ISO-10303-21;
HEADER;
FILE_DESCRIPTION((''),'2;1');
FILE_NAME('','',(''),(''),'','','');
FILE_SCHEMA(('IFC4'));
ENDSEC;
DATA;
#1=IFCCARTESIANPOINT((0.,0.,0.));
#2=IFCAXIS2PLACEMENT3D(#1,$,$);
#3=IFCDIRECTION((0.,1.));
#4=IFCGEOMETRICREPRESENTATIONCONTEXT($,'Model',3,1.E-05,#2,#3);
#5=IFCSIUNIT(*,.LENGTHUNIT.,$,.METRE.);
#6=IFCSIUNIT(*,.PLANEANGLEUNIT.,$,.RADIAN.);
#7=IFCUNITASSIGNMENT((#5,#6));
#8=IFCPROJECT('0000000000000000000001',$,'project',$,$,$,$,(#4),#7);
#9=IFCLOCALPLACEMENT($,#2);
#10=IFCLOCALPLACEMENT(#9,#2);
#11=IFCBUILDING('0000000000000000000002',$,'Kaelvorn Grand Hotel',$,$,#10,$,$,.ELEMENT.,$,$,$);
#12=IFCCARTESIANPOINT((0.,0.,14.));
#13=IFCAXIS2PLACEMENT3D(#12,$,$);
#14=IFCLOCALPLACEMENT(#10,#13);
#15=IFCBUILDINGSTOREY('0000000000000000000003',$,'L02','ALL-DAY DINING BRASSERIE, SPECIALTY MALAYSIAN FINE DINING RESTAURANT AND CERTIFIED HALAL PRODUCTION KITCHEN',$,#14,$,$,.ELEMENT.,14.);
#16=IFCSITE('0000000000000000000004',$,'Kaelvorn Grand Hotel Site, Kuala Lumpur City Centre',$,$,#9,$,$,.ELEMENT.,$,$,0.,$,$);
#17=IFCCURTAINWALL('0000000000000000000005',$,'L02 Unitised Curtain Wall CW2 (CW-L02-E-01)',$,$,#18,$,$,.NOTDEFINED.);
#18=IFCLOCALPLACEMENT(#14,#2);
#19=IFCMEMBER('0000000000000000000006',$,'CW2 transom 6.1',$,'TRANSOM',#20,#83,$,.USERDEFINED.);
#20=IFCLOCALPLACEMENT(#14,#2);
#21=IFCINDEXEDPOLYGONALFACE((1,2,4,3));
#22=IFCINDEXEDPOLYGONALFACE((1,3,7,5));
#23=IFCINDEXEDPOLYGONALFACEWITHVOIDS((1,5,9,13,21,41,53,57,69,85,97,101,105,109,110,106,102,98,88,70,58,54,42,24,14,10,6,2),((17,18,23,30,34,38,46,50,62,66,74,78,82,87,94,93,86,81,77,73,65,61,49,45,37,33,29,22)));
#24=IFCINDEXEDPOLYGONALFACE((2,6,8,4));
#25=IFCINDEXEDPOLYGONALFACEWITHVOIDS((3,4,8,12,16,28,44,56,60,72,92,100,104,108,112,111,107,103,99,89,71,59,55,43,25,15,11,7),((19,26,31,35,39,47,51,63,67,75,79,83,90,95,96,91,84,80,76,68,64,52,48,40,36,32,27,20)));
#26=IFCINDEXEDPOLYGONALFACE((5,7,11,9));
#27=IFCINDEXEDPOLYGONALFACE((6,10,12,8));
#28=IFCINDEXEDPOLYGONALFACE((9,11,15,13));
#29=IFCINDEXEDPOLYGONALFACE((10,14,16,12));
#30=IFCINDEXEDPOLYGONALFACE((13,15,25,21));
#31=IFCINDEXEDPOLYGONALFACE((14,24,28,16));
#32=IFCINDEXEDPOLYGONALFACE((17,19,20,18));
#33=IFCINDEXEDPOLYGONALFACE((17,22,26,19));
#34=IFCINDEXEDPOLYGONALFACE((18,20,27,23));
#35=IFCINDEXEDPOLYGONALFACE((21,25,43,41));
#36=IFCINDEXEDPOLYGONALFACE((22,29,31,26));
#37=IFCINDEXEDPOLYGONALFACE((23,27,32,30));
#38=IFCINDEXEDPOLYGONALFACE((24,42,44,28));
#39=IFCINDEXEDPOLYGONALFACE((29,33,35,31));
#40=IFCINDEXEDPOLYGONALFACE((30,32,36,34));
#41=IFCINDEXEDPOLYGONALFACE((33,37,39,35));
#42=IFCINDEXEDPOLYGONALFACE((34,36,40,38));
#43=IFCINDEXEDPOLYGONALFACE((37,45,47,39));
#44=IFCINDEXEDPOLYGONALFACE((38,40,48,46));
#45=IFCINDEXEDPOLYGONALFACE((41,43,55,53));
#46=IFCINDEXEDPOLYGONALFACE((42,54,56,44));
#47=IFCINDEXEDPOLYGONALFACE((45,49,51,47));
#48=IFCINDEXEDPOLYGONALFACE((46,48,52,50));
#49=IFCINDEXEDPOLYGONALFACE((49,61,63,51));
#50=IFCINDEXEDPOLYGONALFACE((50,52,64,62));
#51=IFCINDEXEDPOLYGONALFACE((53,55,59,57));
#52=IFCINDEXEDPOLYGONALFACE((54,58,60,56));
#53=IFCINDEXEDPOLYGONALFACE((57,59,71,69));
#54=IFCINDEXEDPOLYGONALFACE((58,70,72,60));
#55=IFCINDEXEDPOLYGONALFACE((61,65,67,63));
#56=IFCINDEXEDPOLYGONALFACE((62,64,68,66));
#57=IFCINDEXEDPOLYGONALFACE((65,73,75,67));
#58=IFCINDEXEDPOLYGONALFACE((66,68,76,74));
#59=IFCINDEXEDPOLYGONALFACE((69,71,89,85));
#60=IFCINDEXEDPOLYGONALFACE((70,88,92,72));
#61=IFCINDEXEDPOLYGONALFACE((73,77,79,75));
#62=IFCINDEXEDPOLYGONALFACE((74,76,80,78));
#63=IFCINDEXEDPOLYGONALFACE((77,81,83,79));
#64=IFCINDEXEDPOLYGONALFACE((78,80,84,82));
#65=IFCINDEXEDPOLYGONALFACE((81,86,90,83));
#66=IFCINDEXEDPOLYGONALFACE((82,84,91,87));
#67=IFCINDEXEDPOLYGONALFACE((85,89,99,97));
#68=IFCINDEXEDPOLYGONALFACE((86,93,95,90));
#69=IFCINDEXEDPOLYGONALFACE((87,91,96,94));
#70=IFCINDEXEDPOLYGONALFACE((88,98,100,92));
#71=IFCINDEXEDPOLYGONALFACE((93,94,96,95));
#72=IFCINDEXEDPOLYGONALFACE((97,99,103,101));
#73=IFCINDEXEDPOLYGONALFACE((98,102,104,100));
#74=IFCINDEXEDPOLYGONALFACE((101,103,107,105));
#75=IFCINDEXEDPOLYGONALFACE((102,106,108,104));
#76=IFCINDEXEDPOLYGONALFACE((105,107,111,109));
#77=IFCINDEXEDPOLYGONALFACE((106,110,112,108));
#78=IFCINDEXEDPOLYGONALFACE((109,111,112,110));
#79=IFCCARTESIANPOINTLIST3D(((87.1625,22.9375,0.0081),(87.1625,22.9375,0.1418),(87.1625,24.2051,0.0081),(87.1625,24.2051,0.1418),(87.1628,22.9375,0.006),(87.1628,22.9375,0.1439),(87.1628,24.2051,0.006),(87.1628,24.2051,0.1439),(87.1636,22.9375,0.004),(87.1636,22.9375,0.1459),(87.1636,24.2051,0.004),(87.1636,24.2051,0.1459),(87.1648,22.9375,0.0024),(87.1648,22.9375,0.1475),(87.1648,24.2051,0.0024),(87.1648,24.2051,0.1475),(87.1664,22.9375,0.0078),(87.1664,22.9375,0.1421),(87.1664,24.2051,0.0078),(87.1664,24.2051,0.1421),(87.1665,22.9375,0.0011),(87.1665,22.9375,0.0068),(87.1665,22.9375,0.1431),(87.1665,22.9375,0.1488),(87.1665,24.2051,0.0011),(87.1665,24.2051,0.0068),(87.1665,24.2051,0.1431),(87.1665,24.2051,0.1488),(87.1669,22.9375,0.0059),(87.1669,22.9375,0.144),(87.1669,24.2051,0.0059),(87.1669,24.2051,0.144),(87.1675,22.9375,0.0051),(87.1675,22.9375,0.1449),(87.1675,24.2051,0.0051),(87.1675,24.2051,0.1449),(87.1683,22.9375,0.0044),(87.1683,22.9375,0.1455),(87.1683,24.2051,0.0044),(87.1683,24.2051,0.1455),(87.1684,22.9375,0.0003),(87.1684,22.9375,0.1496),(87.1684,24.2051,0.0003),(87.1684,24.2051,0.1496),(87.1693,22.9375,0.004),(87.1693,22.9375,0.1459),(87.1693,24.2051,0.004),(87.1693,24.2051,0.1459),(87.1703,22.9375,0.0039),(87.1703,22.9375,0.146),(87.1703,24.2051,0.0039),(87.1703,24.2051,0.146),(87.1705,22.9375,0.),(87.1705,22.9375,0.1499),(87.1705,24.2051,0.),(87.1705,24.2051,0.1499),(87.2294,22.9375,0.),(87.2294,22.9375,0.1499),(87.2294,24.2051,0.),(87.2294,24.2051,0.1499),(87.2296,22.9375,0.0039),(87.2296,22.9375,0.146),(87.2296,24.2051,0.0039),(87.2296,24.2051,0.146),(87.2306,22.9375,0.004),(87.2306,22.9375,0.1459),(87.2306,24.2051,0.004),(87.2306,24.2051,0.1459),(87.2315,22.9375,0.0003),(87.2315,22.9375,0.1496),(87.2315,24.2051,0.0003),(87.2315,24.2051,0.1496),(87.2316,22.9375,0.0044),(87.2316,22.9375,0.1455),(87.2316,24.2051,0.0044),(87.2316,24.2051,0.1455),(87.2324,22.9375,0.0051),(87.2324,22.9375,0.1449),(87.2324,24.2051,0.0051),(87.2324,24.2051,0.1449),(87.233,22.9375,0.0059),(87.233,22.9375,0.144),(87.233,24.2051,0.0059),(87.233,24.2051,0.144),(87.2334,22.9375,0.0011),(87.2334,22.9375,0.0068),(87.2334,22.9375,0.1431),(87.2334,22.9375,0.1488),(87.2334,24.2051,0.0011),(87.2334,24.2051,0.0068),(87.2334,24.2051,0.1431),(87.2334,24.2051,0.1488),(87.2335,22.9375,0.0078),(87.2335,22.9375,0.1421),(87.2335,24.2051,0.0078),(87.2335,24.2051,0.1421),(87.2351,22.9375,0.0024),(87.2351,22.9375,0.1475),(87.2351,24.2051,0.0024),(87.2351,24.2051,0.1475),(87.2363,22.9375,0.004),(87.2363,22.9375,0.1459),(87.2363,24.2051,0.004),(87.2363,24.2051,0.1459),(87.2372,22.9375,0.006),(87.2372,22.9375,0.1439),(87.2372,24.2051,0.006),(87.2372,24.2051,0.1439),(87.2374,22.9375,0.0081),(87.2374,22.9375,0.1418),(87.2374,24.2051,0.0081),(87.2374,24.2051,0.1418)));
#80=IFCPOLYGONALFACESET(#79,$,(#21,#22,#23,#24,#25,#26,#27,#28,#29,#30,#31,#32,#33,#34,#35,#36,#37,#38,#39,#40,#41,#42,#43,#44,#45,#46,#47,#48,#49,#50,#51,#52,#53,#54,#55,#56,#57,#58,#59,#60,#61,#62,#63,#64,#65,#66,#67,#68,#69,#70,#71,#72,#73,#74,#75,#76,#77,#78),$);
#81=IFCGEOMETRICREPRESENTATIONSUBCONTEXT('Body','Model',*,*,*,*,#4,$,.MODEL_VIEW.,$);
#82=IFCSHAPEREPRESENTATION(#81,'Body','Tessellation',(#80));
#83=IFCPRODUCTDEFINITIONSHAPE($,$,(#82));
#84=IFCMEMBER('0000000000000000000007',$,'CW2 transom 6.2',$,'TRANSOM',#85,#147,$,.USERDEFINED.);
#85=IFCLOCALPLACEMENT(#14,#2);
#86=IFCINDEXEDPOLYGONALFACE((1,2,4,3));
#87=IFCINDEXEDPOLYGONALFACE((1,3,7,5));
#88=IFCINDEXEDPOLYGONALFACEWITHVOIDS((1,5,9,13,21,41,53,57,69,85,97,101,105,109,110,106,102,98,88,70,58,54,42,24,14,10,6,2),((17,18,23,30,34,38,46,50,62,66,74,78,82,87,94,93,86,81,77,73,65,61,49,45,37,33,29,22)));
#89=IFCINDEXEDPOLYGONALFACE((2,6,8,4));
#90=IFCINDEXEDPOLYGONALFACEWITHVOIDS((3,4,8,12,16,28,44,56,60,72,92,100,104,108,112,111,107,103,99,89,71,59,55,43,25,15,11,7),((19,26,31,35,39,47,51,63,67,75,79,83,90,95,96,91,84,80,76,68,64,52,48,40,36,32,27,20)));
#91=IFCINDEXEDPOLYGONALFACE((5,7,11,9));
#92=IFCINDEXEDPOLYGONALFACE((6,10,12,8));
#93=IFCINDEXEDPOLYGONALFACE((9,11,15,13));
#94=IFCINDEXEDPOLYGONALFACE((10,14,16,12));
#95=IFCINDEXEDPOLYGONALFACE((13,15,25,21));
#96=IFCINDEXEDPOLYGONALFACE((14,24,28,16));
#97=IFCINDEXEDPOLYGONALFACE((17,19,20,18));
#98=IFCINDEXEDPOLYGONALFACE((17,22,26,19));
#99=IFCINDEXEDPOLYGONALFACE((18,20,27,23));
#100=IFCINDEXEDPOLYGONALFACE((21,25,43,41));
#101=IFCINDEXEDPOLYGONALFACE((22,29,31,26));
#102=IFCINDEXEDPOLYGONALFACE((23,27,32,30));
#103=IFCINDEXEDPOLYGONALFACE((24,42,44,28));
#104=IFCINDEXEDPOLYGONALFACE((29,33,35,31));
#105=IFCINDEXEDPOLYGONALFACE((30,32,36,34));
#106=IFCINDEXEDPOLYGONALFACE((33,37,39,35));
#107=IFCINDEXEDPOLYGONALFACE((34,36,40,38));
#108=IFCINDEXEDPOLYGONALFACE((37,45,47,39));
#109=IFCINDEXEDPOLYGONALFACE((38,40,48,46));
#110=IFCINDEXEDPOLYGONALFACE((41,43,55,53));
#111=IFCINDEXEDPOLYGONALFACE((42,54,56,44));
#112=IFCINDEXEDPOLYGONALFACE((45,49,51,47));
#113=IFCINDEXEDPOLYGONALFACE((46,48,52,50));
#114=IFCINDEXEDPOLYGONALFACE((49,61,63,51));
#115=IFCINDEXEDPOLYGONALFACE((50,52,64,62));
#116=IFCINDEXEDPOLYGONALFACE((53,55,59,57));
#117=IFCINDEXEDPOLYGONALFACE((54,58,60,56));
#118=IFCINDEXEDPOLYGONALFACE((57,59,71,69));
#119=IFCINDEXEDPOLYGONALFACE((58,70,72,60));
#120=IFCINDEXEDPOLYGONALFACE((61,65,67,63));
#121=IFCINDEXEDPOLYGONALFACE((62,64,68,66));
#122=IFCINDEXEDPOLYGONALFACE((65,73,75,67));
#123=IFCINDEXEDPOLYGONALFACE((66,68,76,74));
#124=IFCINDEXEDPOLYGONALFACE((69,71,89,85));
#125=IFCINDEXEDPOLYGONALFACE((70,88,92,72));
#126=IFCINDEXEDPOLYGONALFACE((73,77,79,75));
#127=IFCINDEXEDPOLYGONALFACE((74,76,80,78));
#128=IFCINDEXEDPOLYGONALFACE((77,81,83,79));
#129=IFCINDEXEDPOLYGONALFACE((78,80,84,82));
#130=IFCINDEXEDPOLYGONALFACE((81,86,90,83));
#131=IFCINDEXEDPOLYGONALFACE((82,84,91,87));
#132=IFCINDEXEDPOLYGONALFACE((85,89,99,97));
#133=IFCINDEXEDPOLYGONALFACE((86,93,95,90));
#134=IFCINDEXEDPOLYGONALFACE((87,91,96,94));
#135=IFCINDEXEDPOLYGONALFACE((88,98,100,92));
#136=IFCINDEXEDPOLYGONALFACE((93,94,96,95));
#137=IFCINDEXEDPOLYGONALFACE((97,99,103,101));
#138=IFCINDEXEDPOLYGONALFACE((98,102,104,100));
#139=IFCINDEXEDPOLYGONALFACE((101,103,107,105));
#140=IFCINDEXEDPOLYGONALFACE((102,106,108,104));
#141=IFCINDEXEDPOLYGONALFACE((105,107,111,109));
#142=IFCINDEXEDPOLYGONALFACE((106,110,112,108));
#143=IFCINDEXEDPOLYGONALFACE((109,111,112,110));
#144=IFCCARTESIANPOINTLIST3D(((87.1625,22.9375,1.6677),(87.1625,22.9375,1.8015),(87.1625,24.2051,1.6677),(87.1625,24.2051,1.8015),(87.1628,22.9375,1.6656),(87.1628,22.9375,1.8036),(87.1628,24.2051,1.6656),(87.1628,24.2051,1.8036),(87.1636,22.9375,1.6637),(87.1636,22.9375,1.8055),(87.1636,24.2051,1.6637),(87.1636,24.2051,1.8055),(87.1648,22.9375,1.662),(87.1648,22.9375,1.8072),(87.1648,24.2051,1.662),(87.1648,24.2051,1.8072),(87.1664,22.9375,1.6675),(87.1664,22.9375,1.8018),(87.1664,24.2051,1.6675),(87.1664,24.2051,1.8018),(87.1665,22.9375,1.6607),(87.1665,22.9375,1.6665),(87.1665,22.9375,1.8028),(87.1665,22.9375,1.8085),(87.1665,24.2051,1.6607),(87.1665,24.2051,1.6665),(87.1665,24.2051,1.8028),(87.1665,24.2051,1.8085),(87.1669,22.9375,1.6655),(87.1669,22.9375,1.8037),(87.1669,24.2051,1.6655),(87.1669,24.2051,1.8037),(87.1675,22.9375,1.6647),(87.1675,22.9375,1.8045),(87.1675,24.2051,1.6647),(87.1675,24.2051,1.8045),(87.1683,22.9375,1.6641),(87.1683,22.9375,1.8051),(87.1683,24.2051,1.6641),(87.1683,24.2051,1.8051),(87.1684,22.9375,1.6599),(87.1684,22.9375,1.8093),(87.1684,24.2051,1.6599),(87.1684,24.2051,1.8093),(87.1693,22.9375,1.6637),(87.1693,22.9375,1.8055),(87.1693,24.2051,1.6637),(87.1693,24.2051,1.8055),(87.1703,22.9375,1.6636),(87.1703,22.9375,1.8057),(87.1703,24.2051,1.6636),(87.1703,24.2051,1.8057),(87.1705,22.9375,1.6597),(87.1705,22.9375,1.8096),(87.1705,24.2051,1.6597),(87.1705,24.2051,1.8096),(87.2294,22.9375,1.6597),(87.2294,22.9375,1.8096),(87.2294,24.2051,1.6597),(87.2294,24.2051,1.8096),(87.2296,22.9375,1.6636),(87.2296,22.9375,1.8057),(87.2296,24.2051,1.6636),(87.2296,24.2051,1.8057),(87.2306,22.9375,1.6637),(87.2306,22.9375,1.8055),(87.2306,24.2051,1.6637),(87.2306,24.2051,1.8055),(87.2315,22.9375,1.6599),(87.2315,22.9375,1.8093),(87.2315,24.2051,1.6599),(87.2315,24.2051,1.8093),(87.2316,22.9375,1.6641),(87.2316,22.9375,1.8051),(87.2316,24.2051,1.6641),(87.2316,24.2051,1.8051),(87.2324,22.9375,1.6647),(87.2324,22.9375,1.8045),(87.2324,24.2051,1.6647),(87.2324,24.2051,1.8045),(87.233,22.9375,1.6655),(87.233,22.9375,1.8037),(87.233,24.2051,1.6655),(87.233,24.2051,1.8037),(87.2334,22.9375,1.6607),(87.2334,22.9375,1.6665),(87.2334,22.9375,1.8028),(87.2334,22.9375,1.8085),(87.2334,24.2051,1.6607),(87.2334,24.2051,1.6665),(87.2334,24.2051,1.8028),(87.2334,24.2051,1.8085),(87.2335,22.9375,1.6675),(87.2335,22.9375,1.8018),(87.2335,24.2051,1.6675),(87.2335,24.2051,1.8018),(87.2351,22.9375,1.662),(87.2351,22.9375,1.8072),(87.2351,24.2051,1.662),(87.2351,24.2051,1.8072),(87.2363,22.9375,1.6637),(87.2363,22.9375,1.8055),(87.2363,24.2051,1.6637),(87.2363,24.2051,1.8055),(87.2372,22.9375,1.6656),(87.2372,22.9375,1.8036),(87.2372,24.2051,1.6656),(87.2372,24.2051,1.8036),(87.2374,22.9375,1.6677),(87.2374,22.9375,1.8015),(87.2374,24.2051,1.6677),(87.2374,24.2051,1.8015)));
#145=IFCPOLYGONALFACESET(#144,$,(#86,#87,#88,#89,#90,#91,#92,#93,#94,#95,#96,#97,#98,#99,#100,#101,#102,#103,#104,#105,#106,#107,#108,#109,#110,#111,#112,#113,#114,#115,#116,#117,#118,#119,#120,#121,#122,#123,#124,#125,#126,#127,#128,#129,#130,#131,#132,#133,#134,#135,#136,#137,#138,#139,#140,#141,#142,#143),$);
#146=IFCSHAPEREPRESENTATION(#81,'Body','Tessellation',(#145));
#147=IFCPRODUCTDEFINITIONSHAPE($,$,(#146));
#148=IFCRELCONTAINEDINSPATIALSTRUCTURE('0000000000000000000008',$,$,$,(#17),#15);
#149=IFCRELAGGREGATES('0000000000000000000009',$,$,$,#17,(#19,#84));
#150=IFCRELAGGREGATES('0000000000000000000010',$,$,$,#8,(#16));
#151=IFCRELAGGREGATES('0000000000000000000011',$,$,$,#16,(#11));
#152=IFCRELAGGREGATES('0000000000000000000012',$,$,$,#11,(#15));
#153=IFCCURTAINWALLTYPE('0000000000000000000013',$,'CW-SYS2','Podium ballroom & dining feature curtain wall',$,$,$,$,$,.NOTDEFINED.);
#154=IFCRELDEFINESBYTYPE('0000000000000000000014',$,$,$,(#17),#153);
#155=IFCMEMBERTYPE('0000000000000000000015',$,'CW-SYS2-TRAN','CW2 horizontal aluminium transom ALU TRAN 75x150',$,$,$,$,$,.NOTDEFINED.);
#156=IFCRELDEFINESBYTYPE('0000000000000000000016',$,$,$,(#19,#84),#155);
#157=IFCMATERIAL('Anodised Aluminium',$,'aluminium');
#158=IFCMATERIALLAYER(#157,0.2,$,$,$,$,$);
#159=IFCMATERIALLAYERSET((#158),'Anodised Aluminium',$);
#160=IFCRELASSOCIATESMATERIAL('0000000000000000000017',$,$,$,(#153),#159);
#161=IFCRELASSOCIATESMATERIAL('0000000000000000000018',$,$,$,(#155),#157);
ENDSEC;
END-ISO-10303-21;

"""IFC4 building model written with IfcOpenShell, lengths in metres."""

from ifc_helpers import new_model, si_unit, direction, frame, origin, origin_2d, place, context, subcontext, project, spatial, hollow_rectangle, extrude, material, layer, layer_set, material_profile, profile_set, type_object, element, aggregate, save


model = new_model("IFC4")

# Units and contexts
model_context = context("Model", 3, precision=1e-05, world=origin(), true_north=direction((0.0, 1.0)))
body_context = subcontext(model_context, "Body", "Model", "MODEL_VIEW")
ifc_project = project(units=[si_unit("LENGTHUNIT", "METRE"), si_unit("PLANEANGLEUNIT", "RADIAN")], contexts=[model_context])

# Site, building, storey
site_placement = place(None, origin())
site = spatial("IfcSite", under=ifc_project, at=site_placement, Name="Kaelvorn Grand Hotel Site, Kuala Lumpur City Centre", CompositionType="ELEMENT", RefElevation=0.0)
building_placement = place(site_placement, origin())
building = spatial("IfcBuilding", under=site, at=building_placement, Name="Kaelvorn Grand Hotel", CompositionType="ELEMENT")
storey_placement = place(building_placement, frame((0.0, 0.0, 14.0)))
storey = spatial("IfcBuildingStorey", under=building, at=storey_placement, Name="L02", Description="ALL-DAY DINING BRASSERIE, SPECIALTY MALAYSIAN FINE DINING RESTAURANT AND CERTIFIED HALAL PRODUCTION KITCHEN", CompositionType="ELEMENT", Elevation=14.0)

# Curtain wall, members
ifc_material_1 = material(Name="Anodised Aluminium", Category="aluminium")
ifc_layer_1 = layer(ifc_material_1, 0.2)
ifc_layer_set_1 = layer_set([ifc_layer_1], Name="Anodised Aluminium")
curtain_wall_type = type_object("IfcCurtainWallType", Name="CW-SYS2", Description="Podium ballroom & dining feature curtain wall", PredefinedType="NOTDEFINED", material=ifc_layer_set_1)
curtain_wall_placement = place(storey_placement, origin())
curtain_wall = element("IfcCurtainWall", 1, at=curtain_wall_placement, inside=storey, type_object=curtain_wall_type, Name="L02 Unitised Curtain Wall CW2 (CW-L02-E-01)", PredefinedType="NOTDEFINED")
ifc_material_profile_1 = material_profile(ifc_material_1, hollow_rectangle(XDim=0.075, YDim=0.1499, WallThickness=0.0039, InnerFilletRadius=0.0039, OuterFilletRadius=0.0081, at=origin_2d()), Name="ALU TRAN 75x150")
ifc_profile_set_1 = profile_set([ifc_material_profile_1], Name="Anodised Aluminium")
member_type_1 = type_object("IfcMemberType", Name="CW-SYS2-TRAN", Description="CW2 horizontal aluminium transom ALU TRAN 75x150", PredefinedType="NOTDEFINED", material=ifc_profile_set_1)
member_1_placement = place(storey_placement, frame((87.2, 22.9375, 0.075), z_axis=(0.0, 1.0, 0.0), x_axis=(-1.0, 0.0, 0.0)))
member_1 = element("IfcMember", 2, at=member_1_placement, type_object=member_type_1, Name="CW2 transom 6.1", ObjectType="TRANSOM", PredefinedType="USERDEFINED", context=body_context, shape_type="SweptSolid", body=[
    extrude(hollow_rectangle(XDim=0.075, YDim=0.1499, WallThickness=0.0039, InnerFilletRadius=0.0039, OuterFilletRadius=0.0081, at=origin_2d()), origin(), (0.0, 0.0, 1.0), 1.2676),
])
member_2_placement = place(storey_placement, frame((87.2, 22.9375, 1.7346), z_axis=(0.0, 1.0, 0.0), x_axis=(-1.0, 0.0, 0.0)))
member_2 = element("IfcMember", 3, at=member_2_placement, type_object=member_type_1, Name="CW2 transom 6.2", ObjectType="TRANSOM", PredefinedType="USERDEFINED", context=body_context, shape_type="SweptSolid", body=[
    extrude(hollow_rectangle(XDim=0.075, YDim=0.1499, WallThickness=0.0039, InnerFilletRadius=0.0039, OuterFilletRadius=0.0081, at=origin_2d()), origin(), (0.0, 0.0, 1.0), 1.2676),
])
aggregate(curtain_wall, [member_1, member_2])

save(model, "model.ifc")
